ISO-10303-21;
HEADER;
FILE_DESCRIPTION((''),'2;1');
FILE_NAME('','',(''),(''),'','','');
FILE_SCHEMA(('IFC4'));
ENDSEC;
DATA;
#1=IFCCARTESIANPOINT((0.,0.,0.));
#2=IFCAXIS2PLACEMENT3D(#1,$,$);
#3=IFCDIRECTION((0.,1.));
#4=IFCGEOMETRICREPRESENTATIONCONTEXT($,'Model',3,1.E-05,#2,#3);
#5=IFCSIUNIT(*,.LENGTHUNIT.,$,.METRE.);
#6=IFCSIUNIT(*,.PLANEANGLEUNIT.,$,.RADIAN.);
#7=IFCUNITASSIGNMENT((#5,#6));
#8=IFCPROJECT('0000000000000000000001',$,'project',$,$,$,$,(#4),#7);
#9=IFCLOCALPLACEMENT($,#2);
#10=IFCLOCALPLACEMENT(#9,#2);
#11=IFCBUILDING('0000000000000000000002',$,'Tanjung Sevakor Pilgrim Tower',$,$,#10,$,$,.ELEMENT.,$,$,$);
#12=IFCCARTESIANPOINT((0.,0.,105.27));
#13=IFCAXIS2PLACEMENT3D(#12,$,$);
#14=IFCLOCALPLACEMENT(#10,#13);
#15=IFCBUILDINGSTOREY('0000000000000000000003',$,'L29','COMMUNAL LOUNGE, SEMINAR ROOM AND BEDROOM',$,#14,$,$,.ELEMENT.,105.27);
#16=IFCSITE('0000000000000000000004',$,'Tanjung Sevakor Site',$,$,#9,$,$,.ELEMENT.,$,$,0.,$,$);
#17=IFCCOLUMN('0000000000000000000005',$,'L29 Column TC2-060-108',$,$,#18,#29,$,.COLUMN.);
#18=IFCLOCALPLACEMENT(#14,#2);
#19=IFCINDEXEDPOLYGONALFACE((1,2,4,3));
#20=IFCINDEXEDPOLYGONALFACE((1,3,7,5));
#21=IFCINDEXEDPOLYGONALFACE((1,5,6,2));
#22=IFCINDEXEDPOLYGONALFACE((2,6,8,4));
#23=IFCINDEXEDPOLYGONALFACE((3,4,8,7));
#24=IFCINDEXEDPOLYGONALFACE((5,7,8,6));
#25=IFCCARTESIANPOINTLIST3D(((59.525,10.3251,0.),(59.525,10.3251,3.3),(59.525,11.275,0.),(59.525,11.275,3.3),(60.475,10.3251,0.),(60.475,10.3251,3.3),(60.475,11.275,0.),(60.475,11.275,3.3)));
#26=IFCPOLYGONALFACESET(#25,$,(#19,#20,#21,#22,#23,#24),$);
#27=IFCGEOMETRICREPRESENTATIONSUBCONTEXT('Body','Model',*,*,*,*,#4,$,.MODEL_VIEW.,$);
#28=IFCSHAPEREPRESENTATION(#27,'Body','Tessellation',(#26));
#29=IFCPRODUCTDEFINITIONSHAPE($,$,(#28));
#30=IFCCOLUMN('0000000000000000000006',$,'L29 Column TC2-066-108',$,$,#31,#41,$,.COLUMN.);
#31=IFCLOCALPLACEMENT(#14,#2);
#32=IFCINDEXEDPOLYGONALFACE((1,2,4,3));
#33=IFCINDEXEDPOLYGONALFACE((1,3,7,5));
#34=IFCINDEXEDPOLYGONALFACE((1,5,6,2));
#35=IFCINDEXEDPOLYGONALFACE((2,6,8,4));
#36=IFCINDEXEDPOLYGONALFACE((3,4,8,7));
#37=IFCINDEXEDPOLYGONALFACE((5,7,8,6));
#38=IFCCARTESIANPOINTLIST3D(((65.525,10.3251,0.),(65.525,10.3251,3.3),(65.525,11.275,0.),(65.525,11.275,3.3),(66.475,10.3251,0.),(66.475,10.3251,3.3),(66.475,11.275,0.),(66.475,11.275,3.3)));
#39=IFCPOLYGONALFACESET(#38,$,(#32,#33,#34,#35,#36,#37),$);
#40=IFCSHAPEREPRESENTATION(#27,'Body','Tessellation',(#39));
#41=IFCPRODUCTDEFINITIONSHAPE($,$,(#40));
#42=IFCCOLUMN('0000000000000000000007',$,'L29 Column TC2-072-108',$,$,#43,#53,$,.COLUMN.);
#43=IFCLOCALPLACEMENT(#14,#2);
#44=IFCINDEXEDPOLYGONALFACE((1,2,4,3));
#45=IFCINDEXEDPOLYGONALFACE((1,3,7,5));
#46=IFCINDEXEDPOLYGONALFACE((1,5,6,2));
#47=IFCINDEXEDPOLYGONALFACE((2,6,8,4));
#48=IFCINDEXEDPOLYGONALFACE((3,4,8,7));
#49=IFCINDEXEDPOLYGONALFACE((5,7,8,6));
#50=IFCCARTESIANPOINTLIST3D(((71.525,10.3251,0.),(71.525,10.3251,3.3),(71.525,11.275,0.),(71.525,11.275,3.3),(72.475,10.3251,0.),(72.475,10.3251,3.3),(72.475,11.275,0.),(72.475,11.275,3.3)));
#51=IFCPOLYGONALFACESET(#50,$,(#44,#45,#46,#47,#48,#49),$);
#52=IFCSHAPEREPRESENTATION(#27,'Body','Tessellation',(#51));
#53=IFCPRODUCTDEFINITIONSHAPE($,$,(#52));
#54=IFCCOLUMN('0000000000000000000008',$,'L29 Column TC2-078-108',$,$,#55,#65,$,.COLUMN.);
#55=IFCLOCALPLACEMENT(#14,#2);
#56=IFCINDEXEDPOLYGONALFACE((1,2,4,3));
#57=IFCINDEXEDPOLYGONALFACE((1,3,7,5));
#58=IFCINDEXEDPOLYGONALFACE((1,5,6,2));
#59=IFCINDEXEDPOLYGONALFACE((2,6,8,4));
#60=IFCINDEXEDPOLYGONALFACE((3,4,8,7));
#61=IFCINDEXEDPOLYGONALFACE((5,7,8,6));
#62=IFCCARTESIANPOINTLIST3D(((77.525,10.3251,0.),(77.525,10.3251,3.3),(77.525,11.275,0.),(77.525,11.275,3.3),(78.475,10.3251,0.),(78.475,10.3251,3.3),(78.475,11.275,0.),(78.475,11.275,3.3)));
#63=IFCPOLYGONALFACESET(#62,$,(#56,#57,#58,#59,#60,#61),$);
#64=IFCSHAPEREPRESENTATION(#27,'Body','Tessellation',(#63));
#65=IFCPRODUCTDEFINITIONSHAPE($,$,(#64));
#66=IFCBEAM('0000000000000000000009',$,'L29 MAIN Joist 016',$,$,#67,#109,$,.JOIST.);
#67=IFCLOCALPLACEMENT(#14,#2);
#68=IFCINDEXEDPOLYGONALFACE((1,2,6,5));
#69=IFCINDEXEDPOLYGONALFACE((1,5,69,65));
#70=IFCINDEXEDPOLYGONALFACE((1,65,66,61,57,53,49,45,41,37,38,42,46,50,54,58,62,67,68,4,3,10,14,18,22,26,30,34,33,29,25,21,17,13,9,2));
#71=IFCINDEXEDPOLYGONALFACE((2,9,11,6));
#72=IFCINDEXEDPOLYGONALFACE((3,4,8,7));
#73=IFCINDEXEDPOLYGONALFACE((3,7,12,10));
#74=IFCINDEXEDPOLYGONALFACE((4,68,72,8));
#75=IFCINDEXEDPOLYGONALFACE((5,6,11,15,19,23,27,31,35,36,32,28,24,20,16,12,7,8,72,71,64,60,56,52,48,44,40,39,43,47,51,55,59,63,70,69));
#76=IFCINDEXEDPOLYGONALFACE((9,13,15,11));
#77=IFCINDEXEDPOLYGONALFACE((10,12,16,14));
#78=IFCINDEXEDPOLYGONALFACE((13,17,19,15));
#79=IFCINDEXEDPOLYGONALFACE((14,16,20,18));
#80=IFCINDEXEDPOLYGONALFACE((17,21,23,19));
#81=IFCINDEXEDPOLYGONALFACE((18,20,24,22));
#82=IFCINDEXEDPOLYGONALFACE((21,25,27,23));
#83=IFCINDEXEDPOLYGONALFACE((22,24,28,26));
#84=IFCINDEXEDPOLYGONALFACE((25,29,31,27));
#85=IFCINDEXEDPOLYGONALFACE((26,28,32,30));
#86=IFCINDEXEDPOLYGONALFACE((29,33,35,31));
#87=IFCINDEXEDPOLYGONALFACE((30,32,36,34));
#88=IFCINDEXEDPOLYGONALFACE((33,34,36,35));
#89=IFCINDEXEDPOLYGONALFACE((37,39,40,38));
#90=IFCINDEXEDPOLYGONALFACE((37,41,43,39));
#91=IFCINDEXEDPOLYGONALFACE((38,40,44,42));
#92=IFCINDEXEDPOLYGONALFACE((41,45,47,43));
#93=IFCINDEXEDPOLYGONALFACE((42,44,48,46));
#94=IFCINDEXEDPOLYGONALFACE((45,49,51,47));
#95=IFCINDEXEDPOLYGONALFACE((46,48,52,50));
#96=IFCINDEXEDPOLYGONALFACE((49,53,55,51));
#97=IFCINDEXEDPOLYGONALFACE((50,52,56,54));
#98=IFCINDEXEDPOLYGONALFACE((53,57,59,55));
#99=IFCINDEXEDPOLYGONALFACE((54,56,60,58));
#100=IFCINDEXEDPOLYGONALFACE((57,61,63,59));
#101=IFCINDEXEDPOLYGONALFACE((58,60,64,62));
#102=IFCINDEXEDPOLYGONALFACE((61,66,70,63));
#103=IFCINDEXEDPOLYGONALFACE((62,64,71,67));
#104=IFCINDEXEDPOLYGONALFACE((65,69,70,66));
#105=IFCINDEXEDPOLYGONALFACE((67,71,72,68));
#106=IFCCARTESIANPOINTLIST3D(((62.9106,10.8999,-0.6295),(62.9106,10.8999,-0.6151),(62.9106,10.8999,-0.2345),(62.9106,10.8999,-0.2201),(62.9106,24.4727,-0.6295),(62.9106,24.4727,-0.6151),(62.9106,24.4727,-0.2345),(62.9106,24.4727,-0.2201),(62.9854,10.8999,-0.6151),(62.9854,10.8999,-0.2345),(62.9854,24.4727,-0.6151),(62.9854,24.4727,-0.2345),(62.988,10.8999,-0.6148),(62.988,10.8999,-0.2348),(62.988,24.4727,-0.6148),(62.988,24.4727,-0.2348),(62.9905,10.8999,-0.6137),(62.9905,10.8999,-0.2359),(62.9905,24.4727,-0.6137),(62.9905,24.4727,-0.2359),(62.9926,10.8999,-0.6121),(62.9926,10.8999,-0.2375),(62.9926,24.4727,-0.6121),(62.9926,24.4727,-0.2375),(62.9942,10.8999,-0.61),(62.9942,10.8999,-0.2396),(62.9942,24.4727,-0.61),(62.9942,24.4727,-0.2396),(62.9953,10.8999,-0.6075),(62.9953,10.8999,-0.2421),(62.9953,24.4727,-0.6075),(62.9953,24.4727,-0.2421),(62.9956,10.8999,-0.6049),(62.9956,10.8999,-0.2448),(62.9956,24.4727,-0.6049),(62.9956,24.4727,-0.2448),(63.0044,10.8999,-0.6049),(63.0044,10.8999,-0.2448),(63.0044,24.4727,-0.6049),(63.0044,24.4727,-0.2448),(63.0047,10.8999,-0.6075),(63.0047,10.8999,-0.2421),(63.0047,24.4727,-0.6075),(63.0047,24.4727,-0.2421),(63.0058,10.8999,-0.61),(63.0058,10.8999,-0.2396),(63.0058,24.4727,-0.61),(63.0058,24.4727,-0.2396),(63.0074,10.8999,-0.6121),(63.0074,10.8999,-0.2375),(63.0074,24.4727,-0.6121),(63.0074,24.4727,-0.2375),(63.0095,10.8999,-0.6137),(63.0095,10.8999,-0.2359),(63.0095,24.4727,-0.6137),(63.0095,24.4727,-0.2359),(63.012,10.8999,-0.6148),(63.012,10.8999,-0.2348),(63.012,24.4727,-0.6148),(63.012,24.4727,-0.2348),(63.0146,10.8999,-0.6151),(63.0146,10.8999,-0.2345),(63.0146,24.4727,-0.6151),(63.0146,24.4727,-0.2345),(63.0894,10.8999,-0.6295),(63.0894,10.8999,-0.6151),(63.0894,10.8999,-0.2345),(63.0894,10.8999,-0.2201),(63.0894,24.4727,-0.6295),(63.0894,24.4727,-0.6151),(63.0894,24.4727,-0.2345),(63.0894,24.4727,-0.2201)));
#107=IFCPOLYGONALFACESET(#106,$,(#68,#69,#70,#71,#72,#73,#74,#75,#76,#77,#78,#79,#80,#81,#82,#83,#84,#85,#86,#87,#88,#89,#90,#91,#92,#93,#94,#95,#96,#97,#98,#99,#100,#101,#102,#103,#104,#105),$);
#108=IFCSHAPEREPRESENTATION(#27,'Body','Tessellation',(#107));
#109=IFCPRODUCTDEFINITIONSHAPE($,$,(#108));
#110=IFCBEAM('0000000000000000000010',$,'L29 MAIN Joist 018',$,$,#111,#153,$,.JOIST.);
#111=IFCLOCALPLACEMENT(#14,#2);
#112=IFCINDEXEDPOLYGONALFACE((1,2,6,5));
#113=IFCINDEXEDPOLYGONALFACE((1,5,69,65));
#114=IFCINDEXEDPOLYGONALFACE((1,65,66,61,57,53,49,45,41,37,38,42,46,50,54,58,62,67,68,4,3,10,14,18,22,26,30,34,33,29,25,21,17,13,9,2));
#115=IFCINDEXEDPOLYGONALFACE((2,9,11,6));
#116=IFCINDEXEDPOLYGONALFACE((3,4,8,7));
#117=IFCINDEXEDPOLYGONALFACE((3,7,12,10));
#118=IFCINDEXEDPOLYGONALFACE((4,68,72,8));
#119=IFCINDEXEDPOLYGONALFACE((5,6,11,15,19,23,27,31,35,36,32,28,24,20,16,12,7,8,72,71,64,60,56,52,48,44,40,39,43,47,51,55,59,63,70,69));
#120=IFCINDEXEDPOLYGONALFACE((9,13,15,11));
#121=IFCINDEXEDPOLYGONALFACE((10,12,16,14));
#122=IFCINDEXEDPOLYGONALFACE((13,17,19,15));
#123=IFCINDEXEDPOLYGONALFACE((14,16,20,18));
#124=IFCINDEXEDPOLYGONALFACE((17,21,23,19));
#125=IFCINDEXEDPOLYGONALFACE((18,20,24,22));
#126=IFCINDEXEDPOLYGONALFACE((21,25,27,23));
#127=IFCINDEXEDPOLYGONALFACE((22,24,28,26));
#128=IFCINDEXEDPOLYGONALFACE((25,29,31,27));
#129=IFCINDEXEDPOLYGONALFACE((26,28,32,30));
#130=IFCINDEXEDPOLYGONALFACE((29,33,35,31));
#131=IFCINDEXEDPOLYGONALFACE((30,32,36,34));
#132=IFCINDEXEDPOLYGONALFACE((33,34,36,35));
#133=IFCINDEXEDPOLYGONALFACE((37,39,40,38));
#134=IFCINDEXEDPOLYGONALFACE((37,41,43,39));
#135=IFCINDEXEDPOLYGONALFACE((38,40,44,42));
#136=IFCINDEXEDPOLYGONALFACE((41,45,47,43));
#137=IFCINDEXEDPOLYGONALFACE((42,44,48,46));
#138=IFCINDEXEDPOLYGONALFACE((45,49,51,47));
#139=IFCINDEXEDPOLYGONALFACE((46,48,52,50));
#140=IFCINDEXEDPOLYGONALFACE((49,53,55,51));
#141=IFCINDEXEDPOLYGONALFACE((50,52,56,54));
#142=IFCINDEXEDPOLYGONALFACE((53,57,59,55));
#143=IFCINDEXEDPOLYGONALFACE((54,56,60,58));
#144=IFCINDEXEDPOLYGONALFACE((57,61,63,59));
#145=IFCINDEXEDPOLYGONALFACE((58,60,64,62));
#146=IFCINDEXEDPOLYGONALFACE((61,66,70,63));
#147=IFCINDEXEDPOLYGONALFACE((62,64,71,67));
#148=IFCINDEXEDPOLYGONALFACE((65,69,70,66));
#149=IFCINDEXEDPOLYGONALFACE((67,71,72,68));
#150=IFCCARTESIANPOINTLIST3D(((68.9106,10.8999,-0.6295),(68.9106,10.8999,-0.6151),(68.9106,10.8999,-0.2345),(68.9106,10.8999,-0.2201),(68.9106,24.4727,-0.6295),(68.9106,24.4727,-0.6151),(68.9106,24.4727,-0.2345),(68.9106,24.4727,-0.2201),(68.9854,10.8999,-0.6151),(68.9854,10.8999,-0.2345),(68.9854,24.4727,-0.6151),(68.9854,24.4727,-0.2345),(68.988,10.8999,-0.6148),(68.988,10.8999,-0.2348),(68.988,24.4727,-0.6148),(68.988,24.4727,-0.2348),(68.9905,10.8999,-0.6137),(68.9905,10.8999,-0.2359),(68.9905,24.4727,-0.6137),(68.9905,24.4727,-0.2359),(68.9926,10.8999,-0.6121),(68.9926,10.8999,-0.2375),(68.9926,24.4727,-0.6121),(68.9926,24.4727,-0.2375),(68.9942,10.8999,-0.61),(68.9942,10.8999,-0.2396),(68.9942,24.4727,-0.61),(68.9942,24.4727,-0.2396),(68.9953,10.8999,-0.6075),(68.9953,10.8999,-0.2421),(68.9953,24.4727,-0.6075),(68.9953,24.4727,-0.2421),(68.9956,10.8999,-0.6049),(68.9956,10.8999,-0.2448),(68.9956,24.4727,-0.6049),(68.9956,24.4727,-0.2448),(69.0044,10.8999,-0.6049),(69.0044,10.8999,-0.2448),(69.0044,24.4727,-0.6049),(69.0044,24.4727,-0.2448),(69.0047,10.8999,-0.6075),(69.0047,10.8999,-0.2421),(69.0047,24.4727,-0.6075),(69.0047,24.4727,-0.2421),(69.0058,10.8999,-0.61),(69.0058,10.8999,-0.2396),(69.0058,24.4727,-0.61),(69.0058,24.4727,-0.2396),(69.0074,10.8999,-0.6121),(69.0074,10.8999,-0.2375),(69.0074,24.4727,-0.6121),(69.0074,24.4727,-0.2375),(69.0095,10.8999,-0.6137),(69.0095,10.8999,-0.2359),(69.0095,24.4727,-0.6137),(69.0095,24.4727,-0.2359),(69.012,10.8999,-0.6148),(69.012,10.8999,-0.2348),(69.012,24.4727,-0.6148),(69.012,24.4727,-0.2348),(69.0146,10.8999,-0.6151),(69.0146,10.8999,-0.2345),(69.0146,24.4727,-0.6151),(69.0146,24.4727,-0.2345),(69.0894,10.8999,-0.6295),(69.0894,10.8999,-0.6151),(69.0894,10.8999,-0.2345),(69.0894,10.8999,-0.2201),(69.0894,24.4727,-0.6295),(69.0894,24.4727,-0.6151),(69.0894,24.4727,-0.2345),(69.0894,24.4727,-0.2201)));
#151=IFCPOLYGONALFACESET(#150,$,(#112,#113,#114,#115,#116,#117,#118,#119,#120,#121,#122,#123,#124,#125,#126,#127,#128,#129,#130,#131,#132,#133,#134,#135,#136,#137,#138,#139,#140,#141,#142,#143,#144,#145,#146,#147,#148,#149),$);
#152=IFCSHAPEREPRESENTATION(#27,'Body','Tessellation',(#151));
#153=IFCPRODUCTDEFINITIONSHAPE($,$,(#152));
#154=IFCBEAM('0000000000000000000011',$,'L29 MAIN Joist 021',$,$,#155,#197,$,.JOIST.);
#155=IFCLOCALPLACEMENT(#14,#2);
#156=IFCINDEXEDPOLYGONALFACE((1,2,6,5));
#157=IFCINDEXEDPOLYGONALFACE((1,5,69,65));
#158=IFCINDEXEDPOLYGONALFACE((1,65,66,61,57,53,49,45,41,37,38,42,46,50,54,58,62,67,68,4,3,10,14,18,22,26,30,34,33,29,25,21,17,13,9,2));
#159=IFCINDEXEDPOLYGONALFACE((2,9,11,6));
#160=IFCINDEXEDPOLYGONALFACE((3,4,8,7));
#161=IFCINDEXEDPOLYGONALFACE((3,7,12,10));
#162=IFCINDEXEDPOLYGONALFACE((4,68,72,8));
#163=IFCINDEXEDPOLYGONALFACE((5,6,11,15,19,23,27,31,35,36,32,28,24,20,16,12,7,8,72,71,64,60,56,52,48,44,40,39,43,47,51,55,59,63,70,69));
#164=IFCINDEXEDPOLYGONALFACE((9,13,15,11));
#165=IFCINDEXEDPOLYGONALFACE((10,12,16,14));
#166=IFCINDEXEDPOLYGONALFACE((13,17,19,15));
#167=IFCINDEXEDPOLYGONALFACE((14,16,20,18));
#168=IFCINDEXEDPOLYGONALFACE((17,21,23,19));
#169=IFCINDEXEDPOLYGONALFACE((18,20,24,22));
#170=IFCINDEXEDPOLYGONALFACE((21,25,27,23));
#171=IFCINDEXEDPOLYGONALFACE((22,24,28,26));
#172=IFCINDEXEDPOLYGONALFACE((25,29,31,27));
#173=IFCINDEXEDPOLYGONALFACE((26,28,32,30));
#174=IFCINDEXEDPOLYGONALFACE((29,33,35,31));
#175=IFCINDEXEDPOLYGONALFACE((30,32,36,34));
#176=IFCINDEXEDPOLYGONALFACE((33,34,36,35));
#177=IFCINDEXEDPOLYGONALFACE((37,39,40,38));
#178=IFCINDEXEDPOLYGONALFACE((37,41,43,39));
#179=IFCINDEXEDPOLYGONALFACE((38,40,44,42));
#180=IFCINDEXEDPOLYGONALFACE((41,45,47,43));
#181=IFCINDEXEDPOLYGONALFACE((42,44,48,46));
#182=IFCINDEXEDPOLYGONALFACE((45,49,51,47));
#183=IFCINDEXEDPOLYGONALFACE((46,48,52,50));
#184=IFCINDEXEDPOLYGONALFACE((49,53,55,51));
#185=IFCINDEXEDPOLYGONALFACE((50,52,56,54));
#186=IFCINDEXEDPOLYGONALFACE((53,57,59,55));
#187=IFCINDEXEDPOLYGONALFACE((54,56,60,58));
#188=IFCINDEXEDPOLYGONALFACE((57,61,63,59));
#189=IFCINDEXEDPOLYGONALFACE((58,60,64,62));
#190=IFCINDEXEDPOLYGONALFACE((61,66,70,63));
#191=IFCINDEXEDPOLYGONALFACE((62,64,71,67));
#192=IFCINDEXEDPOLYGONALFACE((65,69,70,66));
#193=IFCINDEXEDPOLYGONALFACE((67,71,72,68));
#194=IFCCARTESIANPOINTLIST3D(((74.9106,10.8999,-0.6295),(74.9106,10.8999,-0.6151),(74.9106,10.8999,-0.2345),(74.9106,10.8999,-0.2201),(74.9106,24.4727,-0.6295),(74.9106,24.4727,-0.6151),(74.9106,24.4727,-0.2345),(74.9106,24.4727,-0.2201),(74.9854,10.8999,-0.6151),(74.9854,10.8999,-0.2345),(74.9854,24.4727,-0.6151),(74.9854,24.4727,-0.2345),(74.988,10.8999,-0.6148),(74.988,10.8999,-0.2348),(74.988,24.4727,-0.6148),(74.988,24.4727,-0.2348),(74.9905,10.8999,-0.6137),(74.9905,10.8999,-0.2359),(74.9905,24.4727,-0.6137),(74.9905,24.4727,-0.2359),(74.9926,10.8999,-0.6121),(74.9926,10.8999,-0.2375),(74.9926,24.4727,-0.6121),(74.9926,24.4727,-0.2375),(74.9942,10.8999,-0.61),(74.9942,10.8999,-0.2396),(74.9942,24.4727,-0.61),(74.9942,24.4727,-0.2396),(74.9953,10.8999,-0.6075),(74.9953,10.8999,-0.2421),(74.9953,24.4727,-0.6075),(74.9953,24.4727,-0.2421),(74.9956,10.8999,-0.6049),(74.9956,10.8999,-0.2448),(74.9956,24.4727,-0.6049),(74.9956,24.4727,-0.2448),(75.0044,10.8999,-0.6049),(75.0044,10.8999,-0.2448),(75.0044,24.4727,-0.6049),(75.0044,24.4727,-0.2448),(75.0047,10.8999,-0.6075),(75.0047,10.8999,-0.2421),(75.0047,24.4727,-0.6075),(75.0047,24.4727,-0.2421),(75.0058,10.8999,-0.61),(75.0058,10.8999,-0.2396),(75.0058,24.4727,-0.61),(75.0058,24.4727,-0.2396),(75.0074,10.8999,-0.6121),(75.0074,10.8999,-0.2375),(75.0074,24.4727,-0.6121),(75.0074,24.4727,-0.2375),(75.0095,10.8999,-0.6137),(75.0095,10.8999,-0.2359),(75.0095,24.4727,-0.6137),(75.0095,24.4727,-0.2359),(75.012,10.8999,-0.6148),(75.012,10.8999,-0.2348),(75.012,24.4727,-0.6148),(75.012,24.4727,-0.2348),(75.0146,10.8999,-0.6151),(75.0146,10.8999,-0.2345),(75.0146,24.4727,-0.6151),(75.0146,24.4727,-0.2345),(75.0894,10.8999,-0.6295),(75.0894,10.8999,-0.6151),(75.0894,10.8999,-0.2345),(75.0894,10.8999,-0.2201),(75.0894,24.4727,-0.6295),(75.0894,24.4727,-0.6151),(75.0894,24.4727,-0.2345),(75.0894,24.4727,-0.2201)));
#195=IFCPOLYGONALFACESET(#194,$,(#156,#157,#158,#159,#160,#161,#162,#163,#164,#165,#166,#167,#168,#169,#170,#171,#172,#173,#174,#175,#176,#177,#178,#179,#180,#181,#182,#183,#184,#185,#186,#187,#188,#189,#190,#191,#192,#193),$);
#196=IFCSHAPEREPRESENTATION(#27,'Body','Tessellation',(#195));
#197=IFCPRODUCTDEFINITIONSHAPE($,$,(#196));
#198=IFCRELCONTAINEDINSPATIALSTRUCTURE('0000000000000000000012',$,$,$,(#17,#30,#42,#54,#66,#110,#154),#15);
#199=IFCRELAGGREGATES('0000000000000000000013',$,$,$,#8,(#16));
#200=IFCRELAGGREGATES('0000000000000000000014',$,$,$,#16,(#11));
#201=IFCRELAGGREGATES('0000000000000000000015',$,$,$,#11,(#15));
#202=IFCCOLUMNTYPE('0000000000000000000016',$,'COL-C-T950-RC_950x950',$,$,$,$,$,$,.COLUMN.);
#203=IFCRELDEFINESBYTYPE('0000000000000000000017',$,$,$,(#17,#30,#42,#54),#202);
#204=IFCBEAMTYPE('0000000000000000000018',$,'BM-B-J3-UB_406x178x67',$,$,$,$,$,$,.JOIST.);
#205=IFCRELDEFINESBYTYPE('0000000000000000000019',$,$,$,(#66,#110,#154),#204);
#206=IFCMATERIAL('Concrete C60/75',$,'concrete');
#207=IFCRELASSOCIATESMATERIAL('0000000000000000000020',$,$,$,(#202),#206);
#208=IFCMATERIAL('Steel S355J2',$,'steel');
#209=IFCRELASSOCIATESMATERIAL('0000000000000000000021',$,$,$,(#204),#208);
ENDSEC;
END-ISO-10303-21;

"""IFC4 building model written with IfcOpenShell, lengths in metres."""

from ifc_helpers import new_model, si_unit, direction, frame, origin, origin_2d, place, context, subcontext, project, spatial, rectangle, i_section, extrude, material, material_profile, profile_set, type_object, element, save


model = new_model("IFC4")

# Units and contexts
model_context = context("Model", 3, precision=1e-05, world=origin(), true_north=direction((0.0, 1.0)))
body_context = subcontext(model_context, "Body", "Model", "MODEL_VIEW")
ifc_project = project(units=[si_unit("LENGTHUNIT", "METRE"), si_unit("PLANEANGLEUNIT", "RADIAN")], contexts=[model_context])

# Site, building, storey
site_placement = place(None, origin())
site = spatial("IfcSite", under=ifc_project, at=site_placement, Name="Tanjung Sevakor Site", CompositionType="ELEMENT", RefElevation=0.0)
building_placement = place(site_placement, origin())
building = spatial("IfcBuilding", under=site, at=building_placement, Name="Tanjung Sevakor Pilgrim Tower", CompositionType="ELEMENT")
storey_placement = place(building_placement, frame((0.0, 0.0, 105.27)))
storey = spatial("IfcBuildingStorey", under=building, at=storey_placement, Name="L29", Description="COMMUNAL LOUNGE, SEMINAR ROOM AND BEDROOM", CompositionType="ELEMENT", Elevation=105.27)

# Columns
ifc_material_1 = material(Name="Concrete C60/75", Category="concrete")
ifc_material_profile_1 = material_profile(ifc_material_1, rectangle(XDim=0.95, YDim=0.95, at=origin_2d()))
ifc_profile_set_1 = profile_set([ifc_material_profile_1], Name="Concrete C60/75")
column_type = type_object("IfcColumnType", Name="COL-C-T950-RC_950x950", PredefinedType="COLUMN", material=ifc_profile_set_1)
for number, where, z_axis, x_axis, name in (
    (1, (60.0, 10.8, 0.0), (0.0, 0.0, 1.0), (1.0, 0.0, 0.0), "L29 Column TC2-060-108"),
    (2, (66.0, 10.8, 0.0), (0.0, 0.0, 1.0), (1.0, 0.0, 0.0), "L29 Column TC2-066-108"),
    (3, (72.0, 10.8, 0.0), (0.0, 0.0, 1.0), (1.0, 0.0, 0.0), "L29 Column TC2-072-108"),
    (4, (78.0, 10.8, 0.0), (0.0, 0.0, 1.0), (1.0, 0.0, 0.0), "L29 Column TC2-078-108"),
):
    element("IfcColumn", number, at=place(storey_placement, frame(where, z_axis=z_axis, x_axis=x_axis)), inside=storey, type_object=column_type, Name=name, PredefinedType="COLUMN", context=body_context, shape_type="SweptSolid", body=[
        extrude(rectangle(XDim=0.95, YDim=0.95, at=origin_2d()), origin(), (0.0, 0.0, 1.0), 3.3),
    ])

# Beams
ifc_material_2 = material(Name="Steel S355J2", Category="steel")
ifc_material_profile_2 = material_profile(ifc_material_2, i_section(OverallWidth=0.1787, OverallDepth=0.4094, WebThickness=0.0088, FlangeThickness=0.0144, FilletRadius=0.0103, at=origin_2d()))
ifc_profile_set_2 = profile_set([ifc_material_profile_2], Name="Steel S355J2")
beam_type_1 = type_object("IfcBeamType", Name="BM-B-J3-UB_406x178x67", PredefinedType="JOIST", material=ifc_profile_set_2)
for number, where, z_axis, x_axis, name in (
    (5, (63.0, 10.8999, -0.4248), (0.0, 1.0, 0.0), (-1.0, 0.0, 0.0), "L29 MAIN Joist 016"),
    (6, (69.0, 10.8999, -0.4248), (0.0, 1.0, 0.0), (-1.0, 0.0, 0.0), "L29 MAIN Joist 018"),
    (7, (75.0, 10.8999, -0.4248), (0.0, 1.0, 0.0), (-1.0, 0.0, 0.0), "L29 MAIN Joist 021"),
):
    element("IfcBeam", number, at=place(storey_placement, frame(where, z_axis=z_axis, x_axis=x_axis)), inside=storey, type_object=beam_type_1, Name=name, PredefinedType="JOIST", context=body_context, shape_type="SweptSolid", body=[
        extrude(i_section(OverallWidth=0.1787, OverallDepth=0.4094, WebThickness=0.0088, FlangeThickness=0.0144, FilletRadius=0.0103, at=origin_2d()), origin(), (0.0, 0.0, 1.0), 13.5728),
    ])

save(model, "model.ifc")
